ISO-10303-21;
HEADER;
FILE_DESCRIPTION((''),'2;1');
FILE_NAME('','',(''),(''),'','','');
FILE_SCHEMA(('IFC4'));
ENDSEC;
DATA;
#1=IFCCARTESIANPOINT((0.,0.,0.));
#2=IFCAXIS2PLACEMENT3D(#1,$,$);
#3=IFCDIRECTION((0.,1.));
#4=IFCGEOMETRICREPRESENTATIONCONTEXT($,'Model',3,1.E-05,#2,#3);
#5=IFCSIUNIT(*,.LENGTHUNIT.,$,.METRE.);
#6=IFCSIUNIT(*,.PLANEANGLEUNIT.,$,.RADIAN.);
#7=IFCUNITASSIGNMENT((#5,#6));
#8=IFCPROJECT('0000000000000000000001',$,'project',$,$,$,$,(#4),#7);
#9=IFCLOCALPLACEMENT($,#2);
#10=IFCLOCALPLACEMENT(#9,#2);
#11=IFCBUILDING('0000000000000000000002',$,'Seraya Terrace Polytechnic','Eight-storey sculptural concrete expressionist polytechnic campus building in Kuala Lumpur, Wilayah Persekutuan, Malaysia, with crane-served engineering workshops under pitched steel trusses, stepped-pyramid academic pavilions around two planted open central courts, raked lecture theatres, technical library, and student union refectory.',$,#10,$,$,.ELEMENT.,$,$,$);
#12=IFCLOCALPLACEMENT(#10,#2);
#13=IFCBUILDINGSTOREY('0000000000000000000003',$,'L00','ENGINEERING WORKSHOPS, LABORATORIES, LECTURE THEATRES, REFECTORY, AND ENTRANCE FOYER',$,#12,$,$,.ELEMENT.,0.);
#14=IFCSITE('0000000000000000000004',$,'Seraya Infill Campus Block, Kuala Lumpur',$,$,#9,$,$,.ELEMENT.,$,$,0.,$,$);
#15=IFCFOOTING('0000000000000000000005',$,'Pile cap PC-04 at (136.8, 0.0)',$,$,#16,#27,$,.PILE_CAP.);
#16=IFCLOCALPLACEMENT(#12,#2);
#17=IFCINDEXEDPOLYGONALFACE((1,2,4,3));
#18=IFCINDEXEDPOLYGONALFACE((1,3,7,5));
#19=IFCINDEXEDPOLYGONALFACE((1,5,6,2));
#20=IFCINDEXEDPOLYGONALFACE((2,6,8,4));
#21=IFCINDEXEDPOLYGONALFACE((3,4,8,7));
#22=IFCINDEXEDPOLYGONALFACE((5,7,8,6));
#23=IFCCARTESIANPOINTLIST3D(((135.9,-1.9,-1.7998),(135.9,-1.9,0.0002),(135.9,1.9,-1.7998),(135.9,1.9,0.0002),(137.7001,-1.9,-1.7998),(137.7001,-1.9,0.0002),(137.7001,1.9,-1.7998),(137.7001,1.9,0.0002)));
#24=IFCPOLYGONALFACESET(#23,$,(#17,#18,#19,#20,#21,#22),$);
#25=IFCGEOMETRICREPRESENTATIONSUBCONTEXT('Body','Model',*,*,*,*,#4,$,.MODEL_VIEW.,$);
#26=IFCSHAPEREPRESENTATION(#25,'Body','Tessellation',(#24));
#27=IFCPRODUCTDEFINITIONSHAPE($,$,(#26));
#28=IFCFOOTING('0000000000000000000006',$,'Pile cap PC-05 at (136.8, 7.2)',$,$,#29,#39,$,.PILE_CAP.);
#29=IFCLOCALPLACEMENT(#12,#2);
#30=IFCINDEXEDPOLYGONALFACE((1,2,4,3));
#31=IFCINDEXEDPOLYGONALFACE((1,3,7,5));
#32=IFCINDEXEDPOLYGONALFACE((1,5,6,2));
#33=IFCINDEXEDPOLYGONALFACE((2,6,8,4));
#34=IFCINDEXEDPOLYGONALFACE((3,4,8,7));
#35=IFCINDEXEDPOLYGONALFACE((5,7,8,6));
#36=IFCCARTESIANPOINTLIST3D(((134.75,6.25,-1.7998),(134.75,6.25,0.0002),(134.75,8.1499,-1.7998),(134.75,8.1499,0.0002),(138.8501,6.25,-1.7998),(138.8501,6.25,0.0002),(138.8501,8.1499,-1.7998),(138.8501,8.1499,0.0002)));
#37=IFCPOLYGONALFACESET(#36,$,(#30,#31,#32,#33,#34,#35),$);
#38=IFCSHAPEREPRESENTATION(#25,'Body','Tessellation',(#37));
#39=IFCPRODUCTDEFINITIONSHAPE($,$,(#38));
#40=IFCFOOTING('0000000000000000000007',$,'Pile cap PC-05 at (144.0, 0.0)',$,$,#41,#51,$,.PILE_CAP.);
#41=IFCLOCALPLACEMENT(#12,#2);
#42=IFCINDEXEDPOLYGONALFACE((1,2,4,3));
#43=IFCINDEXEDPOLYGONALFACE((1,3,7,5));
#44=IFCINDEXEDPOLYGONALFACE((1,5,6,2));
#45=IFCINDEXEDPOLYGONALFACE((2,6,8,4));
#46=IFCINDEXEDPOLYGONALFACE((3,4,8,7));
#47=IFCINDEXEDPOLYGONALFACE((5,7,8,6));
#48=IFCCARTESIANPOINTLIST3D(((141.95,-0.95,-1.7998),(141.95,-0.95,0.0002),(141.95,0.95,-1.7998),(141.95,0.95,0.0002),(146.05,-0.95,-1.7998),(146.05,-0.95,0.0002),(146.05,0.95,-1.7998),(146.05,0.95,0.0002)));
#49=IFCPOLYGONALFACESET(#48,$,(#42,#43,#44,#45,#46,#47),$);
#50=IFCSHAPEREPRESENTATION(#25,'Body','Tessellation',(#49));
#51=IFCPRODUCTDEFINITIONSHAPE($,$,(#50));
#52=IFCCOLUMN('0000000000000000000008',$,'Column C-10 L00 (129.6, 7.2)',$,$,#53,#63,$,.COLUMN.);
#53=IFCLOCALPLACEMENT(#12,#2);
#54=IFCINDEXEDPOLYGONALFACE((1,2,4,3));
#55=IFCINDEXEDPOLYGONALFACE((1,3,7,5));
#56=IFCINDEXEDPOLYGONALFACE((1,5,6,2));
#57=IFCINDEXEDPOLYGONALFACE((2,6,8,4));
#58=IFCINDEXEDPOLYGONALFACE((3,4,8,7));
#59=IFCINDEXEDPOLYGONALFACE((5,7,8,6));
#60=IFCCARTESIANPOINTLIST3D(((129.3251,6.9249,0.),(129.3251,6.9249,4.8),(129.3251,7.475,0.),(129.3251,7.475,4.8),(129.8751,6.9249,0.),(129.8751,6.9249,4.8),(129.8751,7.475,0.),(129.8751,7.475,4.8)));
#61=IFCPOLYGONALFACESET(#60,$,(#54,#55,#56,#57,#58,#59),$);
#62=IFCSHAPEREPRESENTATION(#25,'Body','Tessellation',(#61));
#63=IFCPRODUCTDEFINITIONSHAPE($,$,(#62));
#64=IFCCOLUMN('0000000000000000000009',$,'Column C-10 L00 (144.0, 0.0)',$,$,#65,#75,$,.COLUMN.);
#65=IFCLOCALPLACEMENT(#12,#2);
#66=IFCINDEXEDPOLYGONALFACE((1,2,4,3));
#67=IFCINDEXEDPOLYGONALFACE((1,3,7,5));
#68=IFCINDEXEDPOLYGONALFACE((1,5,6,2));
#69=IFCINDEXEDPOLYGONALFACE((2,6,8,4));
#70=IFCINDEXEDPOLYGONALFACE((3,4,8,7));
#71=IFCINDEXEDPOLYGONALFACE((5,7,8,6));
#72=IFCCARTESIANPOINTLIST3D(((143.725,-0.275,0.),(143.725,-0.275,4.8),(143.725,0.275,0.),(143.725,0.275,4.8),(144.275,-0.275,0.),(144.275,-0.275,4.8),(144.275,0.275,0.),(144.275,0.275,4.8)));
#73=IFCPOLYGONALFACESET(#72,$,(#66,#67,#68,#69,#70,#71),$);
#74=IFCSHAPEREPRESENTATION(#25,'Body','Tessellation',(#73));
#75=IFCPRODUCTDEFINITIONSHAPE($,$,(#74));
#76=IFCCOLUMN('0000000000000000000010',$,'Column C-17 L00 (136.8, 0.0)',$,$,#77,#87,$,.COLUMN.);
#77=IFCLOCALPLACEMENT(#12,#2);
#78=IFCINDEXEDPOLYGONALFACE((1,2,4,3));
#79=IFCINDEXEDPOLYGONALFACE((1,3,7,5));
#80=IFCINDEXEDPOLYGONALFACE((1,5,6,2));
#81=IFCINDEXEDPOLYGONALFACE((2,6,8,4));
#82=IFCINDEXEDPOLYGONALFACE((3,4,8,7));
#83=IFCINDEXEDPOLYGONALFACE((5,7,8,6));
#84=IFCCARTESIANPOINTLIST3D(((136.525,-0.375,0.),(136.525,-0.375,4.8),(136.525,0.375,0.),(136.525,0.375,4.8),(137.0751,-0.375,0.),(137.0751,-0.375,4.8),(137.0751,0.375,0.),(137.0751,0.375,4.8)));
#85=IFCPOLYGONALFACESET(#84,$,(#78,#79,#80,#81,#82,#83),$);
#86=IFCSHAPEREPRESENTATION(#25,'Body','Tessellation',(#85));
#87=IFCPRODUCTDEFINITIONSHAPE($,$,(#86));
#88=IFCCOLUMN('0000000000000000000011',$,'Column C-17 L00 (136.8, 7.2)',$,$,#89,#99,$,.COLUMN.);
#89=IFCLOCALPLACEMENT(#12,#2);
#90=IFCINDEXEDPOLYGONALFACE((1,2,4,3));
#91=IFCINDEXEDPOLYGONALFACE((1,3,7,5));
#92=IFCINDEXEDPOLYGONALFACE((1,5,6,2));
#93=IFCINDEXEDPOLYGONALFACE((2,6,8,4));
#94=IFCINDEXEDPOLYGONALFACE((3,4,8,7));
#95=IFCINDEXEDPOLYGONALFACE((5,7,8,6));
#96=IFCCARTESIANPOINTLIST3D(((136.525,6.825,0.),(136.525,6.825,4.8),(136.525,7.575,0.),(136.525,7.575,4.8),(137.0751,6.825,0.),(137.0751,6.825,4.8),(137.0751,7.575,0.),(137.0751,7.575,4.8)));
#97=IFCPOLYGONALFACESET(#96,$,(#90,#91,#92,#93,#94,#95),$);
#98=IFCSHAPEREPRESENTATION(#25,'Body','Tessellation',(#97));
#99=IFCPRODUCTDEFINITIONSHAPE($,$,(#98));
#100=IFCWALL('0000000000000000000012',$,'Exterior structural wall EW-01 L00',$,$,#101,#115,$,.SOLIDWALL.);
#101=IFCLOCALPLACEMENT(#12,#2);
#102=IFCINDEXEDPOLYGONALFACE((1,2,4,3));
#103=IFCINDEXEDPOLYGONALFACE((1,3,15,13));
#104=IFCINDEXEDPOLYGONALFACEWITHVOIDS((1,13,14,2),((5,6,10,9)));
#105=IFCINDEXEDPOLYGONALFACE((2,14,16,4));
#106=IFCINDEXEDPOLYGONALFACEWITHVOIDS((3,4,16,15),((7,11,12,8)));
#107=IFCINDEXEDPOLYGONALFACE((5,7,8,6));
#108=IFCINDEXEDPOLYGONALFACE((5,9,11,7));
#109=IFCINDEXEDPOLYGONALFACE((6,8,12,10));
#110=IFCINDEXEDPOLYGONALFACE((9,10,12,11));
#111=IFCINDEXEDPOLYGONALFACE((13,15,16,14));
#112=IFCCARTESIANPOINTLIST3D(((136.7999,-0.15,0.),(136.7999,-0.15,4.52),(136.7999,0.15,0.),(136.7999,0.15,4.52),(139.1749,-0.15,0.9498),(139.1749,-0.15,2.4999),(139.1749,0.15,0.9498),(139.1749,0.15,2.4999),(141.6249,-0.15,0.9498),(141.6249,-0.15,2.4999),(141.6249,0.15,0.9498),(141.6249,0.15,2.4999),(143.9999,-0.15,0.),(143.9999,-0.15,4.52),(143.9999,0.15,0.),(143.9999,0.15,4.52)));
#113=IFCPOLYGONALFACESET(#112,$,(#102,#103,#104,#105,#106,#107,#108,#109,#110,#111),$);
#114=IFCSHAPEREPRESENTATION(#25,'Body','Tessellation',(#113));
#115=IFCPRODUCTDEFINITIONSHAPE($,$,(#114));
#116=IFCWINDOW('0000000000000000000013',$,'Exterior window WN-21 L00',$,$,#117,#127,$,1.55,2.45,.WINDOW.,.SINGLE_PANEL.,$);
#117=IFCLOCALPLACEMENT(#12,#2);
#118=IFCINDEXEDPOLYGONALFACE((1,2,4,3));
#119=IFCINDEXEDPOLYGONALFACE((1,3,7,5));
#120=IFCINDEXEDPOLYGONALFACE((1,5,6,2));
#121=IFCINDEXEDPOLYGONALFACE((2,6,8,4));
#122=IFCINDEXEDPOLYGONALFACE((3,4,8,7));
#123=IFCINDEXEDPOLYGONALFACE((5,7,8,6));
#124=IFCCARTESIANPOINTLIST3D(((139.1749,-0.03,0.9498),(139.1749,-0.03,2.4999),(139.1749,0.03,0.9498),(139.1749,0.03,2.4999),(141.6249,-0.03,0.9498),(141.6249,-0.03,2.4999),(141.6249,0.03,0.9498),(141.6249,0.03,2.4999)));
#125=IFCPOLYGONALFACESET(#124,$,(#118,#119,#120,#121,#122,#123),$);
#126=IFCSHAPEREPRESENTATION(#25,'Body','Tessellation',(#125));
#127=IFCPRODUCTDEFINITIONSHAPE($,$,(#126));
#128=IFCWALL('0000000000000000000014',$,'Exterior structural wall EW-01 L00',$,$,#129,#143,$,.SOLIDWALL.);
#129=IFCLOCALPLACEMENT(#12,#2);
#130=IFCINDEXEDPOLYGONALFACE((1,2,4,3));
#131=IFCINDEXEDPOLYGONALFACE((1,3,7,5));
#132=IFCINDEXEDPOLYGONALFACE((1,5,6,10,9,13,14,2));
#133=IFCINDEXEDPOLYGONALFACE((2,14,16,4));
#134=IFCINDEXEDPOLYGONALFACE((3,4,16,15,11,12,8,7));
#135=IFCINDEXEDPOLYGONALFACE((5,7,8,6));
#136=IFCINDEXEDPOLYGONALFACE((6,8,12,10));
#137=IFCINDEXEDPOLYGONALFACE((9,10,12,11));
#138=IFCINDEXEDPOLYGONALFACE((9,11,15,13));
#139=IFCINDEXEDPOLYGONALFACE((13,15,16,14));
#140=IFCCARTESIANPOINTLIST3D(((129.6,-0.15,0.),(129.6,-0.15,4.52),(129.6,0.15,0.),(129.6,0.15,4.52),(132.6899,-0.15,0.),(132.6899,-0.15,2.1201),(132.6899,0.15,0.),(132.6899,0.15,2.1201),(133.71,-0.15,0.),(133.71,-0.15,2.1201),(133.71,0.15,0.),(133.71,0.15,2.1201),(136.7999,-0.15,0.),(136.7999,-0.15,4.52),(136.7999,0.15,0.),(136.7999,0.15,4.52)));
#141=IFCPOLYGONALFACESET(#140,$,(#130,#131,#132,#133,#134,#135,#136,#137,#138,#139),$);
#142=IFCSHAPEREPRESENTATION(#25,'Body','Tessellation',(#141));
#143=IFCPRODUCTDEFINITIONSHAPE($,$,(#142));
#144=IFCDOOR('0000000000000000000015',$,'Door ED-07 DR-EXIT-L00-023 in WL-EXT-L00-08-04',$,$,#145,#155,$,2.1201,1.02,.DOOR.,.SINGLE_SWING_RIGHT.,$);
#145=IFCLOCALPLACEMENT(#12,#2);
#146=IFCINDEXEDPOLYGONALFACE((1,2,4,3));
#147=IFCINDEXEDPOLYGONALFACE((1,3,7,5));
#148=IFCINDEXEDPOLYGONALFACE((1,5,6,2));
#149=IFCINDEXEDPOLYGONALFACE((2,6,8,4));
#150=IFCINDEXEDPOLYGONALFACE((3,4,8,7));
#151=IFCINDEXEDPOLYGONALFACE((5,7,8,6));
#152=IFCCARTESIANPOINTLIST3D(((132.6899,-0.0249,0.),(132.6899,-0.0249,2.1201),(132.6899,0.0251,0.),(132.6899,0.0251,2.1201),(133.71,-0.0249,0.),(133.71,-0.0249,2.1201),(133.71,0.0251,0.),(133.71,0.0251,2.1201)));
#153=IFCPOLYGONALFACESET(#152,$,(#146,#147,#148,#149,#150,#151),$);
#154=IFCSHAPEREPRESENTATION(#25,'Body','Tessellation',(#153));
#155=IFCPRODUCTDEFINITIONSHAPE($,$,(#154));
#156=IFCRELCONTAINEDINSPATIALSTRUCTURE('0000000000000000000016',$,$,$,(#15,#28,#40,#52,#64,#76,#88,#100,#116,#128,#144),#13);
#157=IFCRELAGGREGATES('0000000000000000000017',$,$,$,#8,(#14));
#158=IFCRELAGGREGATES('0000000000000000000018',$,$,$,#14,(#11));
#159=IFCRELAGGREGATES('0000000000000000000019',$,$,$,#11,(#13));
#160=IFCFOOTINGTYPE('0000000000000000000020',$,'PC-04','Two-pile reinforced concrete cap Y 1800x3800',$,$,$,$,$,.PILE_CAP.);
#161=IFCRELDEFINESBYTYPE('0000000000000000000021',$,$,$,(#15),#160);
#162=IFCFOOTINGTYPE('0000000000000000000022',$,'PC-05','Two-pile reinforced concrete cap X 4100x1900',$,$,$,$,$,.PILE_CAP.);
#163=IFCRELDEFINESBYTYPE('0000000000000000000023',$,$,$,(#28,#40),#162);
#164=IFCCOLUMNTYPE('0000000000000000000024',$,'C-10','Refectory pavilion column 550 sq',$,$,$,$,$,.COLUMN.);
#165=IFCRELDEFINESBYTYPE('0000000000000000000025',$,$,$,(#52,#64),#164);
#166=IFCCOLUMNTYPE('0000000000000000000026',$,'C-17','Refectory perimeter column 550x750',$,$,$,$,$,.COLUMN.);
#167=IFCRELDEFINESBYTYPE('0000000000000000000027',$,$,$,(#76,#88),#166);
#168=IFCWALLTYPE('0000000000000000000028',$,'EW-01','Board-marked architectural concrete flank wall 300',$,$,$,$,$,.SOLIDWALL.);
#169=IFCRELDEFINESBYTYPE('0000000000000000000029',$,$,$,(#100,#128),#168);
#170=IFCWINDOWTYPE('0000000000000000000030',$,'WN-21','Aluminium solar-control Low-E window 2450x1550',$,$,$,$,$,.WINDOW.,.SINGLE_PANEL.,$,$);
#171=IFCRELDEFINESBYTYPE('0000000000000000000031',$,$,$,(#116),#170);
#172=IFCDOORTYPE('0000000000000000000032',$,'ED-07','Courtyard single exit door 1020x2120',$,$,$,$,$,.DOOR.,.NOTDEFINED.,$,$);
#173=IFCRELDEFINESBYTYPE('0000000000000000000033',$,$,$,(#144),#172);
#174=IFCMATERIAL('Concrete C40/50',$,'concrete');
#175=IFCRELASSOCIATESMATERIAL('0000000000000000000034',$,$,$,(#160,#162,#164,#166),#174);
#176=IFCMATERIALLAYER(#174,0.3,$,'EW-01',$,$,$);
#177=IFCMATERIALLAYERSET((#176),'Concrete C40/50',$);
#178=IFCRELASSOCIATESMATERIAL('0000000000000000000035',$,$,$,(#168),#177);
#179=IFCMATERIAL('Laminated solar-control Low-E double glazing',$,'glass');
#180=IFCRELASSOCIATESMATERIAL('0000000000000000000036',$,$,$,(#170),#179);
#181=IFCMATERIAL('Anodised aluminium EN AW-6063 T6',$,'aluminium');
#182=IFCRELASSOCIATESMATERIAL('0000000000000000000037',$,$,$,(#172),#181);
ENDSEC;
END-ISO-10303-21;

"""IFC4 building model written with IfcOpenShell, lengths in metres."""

from ifc_helpers import new_model, si_unit, direction, frame, frame_2d, origin, origin_2d, place, context, subcontext, project, spatial, rectangle, extrude, material, layer, layer_set, material_profile, profile_set, type_object, element, fill, save


model = new_model("IFC4")

# Units and contexts
model_context = context("Model", 3, precision=1e-05, world=origin(), true_north=direction((0.0, 1.0)))
body_context = subcontext(model_context, "Body", "Model", "MODEL_VIEW")
ifc_project = project(units=[si_unit("LENGTHUNIT", "METRE"), si_unit("PLANEANGLEUNIT", "RADIAN")], contexts=[model_context])

# Site, building, storey
site_placement = place(None, origin())
site = spatial("IfcSite", under=ifc_project, at=site_placement, Name="Seraya Infill Campus Block, Kuala Lumpur", CompositionType="ELEMENT", RefElevation=0.0)
building_placement = place(site_placement, origin())
building = spatial("IfcBuilding", under=site, at=building_placement, Name="Seraya Terrace Polytechnic", Description="Eight-storey sculptural concrete expressionist polytechnic campus building in Kuala Lumpur, Wilayah Persekutuan, Malaysia, with crane-served engineering workshops under pitched steel trusses, stepped-pyramid academic pavilions around two planted open central courts, raked lecture theatres, technical library, and student union refectory.", CompositionType="ELEMENT")
storey_placement = place(building_placement, origin())
storey = spatial("IfcBuildingStorey", under=building, at=storey_placement, Name="L00", Description="ENGINEERING WORKSHOPS, LABORATORIES, LECTURE THEATRES, REFECTORY, AND ENTRANCE FOYER", CompositionType="ELEMENT", Elevation=0.0)

# Shared definitions
ifc_material_1 = material(Name="Concrete C40/50", Category="concrete")

# Footings
footing_type_1 = type_object("IfcFootingType", Name="PC-04", Description="Two-pile reinforced concrete cap Y 1800x3800", PredefinedType="PILE_CAP", material=ifc_material_1)
for number, where, z_axis, x_axis, name in (
    (1, (136.8, 0.0, -1.7998), (0.0, 0.0, 1.0), (1.0, 0.0, 0.0), "Pile cap PC-04 at (136.8, 0.0)"),
):
    element("IfcFooting", number, at=place(storey_placement, frame(where, z_axis=z_axis, x_axis=x_axis)), inside=storey, type_object=footing_type_1, Name=name, PredefinedType="PILE_CAP", context=body_context, shape_type="SweptSolid", body=[
        extrude(rectangle(XDim=1.8, YDim=3.8, at=origin_2d()), origin(), (0.0, 0.0, 1.0), 1.8),
    ])
footing_type_2 = type_object("IfcFootingType", Name="PC-05", Description="Two-pile reinforced concrete cap X 4100x1900", PredefinedType="PILE_CAP", material=ifc_material_1)
for number, where, z_axis, x_axis, name in (
    (2, (136.8, 7.2, -1.7998), (0.0, 0.0, 1.0), (1.0, 0.0, 0.0), "Pile cap PC-05 at (136.8, 7.2)"),
    (3, (144.0, 0.0, -1.7998), (0.0, 0.0, 1.0), (1.0, 0.0, 0.0), "Pile cap PC-05 at (144.0, 0.0)"),
):
    element("IfcFooting", number, at=place(storey_placement, frame(where, z_axis=z_axis, x_axis=x_axis)), inside=storey, type_object=footing_type_2, Name=name, PredefinedType="PILE_CAP", context=body_context, shape_type="SweptSolid", body=[
        extrude(rectangle(XDim=4.1001, YDim=1.8999, at=origin_2d()), origin(), (0.0, 0.0, 1.0), 1.8),
    ])

# Columns
ifc_material_profile_1 = material_profile(ifc_material_1, rectangle(XDim=0.55, YDim=0.55, at=origin_2d()), Name="RC 550x550")
ifc_profile_set_1 = profile_set([ifc_material_profile_1], Name="Concrete C40/50")
column_type_1 = type_object("IfcColumnType", Name="C-10", Description="Refectory pavilion column 550 sq", PredefinedType="COLUMN", material=ifc_profile_set_1)
for number, where, z_axis, x_axis, name in (
    (4, (129.6001, 7.2, 0.0), (0.0, 0.0, 1.0), (1.0, 0.0, 0.0), "Column C-10 L00 (129.6, 7.2)"),
    (5, (144.0, 0.0, 0.0), (0.0, 0.0, 1.0), (1.0, 0.0, 0.0), "Column C-10 L00 (144.0, 0.0)"),
):
    element("IfcColumn", number, at=place(storey_placement, frame(where, z_axis=z_axis, x_axis=x_axis)), inside=storey, type_object=column_type_1, Name=name, PredefinedType="COLUMN", context=body_context, shape_type="SweptSolid", body=[
        extrude(rectangle(XDim=0.55, YDim=0.55, at=origin_2d()), origin(), (0.0, 0.0, 1.0), 4.8),
    ])
ifc_material_profile_2 = material_profile(ifc_material_1, rectangle(XDim=0.55, YDim=0.75, at=origin_2d()), Name="RC 550x750")
ifc_profile_set_2 = profile_set([ifc_material_profile_2], Name="Concrete C40/50")
column_type_2 = type_object("IfcColumnType", Name="C-17", Description="Refectory perimeter column 550x750", PredefinedType="COLUMN", material=ifc_profile_set_2)
for number, where, z_axis, x_axis, name in (
    (6, (136.8, 0.0, 0.0), (0.0, 0.0, 1.0), (1.0, 0.0, 0.0), "Column C-17 L00 (136.8, 0.0)"),
    (7, (136.8, 7.2, 0.0), (0.0, 0.0, 1.0), (1.0, 0.0, 0.0), "Column C-17 L00 (136.8, 7.2)"),
):
    element("IfcColumn", number, at=place(storey_placement, frame(where, z_axis=z_axis, x_axis=x_axis)), inside=storey, type_object=column_type_2, Name=name, PredefinedType="COLUMN", context=body_context, shape_type="SweptSolid", body=[
        extrude(rectangle(XDim=0.55, YDim=0.75, at=origin_2d()), origin(), (0.0, 0.0, 1.0), 4.8),
    ])

# Wall, opening, window
ifc_layer = layer(ifc_material_1, 0.3, Name="EW-01")
ifc_layer_set = layer_set([ifc_layer], Name="Concrete C40/50")
wall_type = type_object("IfcWallType", Name="EW-01", Description="Board-marked architectural concrete flank wall 300", PredefinedType="SOLIDWALL", material=ifc_layer_set)
wall_1_placement = place(storey_placement, frame((144.0, 0.0, 0.0), z_axis=(0.0, 0.0, 1.0), x_axis=(-1.0, 0.0, 0.0)))
wall_1 = element("IfcWall", 8, at=wall_1_placement, inside=storey, type_object=wall_type, Name="Exterior structural wall EW-01 L00", PredefinedType="SOLIDWALL", context=body_context, shape_type="SweptSolid", body=[
    extrude(rectangle(XDim=7.2, YDim=0.3, at=frame_2d((3.6001, 0.0))), origin(), (0.0, 0.0, 1.0), 4.52),
])
opening_1_placement = place(wall_1_placement, frame((2.375, 0.0, 0.95)))
opening_1 = element("IfcOpeningElement", 9, at=opening_1_placement, cuts=wall_1, PredefinedType="OPENING", context=body_context, shape_type="SweptSolid", body=[
    extrude(rectangle(XDim=2.45, YDim=1.55, at=frame_2d((1.2251, 0.7749))), frame((0.0, 0.1621, 0.0), z_axis=(0.0, -1.0, 0.0), x_axis=(1.0, 0.0, 0.0)), (0.0, 0.0, 1.0), 0.324),
])
ifc_material_2 = material(Name="Laminated solar-control Low-E double glazing", Category="glass")
window_type = type_object("IfcWindowType", Name="WN-21", Description="Aluminium solar-control Low-E window 2450x1550", PartitioningType="SINGLE_PANEL", PredefinedType="WINDOW", material=ifc_material_2)
window_placement = place(opening_1_placement, origin())
window = element("IfcWindow", 10, at=window_placement, inside=storey, type_object=window_type, Name="Exterior window WN-21 L00", OverallHeight=1.55, OverallWidth=2.45, PartitioningType="SINGLE_PANEL", PredefinedType="WINDOW", context=body_context, shape_type="SweptSolid", body=[
    extrude(rectangle(XDim=2.45, YDim=1.55, at=frame_2d((1.2251, 0.7749))), frame((0.0, 0.03, 0.0), z_axis=(0.0, -1.0, 0.0), x_axis=(1.0, 0.0, 0.0)), (0.0, 0.0, 1.0), 0.0601),
])
fill(opening_1, window)

# Wall, opening, door
wall_2_placement = place(storey_placement, frame((136.8, 0.0, 0.0), z_axis=(0.0, 0.0, 1.0), x_axis=(-1.0, 0.0, 0.0)))
wall_2 = element("IfcWall", 11, at=wall_2_placement, inside=storey, type_object=wall_type, Name="Exterior structural wall EW-01 L00", PredefinedType="SOLIDWALL", context=body_context, shape_type="SweptSolid", body=[
    extrude(rectangle(XDim=7.2, YDim=0.3, at=frame_2d((3.6001, 0.0))), origin(), (0.0, 0.0, 1.0), 4.52),
])
opening_2_placement = place(wall_2_placement, frame((3.0901, 0.0, 0.0)))
opening_2 = element("IfcOpeningElement", 12, at=opening_2_placement, cuts=wall_2, PredefinedType="OPENING", context=body_context, shape_type="SweptSolid", body=[
    extrude(rectangle(XDim=1.02, YDim=2.1201, at=frame_2d((0.51, 1.0601))), frame((0.0, 0.1621, 0.0), z_axis=(0.0, -1.0, 0.0), x_axis=(1.0, 0.0, 0.0)), (0.0, 0.0, 1.0), 0.324),
])
ifc_material_3 = material(Name="Anodised aluminium EN AW-6063 T6", Category="aluminium")
door_type = type_object("IfcDoorType", Name="ED-07", Description="Courtyard single exit door 1020x2120", OperationType="NOTDEFINED", PredefinedType="DOOR", material=ifc_material_3)
door_placement = place(opening_2_placement, origin())
door = element("IfcDoor", 13, at=door_placement, inside=storey, type_object=door_type, Name="Door ED-07 DR-EXIT-L00-023 in WL-EXT-L00-08-04", OperationType="SINGLE_SWING_RIGHT", OverallHeight=2.1201, OverallWidth=1.02, PredefinedType="DOOR", context=body_context, shape_type="SweptSolid", body=[
    extrude(rectangle(XDim=1.02, YDim=2.1201, at=frame_2d((0.51, 1.0601))), frame((0.0, 0.0249, 0.0), z_axis=(0.0, -1.0, 0.0), x_axis=(1.0, 0.0, 0.0)), (0.0, 0.0, 1.0), 0.05),
])
fill(opening_2, door)

save(model, "model.ifc")
